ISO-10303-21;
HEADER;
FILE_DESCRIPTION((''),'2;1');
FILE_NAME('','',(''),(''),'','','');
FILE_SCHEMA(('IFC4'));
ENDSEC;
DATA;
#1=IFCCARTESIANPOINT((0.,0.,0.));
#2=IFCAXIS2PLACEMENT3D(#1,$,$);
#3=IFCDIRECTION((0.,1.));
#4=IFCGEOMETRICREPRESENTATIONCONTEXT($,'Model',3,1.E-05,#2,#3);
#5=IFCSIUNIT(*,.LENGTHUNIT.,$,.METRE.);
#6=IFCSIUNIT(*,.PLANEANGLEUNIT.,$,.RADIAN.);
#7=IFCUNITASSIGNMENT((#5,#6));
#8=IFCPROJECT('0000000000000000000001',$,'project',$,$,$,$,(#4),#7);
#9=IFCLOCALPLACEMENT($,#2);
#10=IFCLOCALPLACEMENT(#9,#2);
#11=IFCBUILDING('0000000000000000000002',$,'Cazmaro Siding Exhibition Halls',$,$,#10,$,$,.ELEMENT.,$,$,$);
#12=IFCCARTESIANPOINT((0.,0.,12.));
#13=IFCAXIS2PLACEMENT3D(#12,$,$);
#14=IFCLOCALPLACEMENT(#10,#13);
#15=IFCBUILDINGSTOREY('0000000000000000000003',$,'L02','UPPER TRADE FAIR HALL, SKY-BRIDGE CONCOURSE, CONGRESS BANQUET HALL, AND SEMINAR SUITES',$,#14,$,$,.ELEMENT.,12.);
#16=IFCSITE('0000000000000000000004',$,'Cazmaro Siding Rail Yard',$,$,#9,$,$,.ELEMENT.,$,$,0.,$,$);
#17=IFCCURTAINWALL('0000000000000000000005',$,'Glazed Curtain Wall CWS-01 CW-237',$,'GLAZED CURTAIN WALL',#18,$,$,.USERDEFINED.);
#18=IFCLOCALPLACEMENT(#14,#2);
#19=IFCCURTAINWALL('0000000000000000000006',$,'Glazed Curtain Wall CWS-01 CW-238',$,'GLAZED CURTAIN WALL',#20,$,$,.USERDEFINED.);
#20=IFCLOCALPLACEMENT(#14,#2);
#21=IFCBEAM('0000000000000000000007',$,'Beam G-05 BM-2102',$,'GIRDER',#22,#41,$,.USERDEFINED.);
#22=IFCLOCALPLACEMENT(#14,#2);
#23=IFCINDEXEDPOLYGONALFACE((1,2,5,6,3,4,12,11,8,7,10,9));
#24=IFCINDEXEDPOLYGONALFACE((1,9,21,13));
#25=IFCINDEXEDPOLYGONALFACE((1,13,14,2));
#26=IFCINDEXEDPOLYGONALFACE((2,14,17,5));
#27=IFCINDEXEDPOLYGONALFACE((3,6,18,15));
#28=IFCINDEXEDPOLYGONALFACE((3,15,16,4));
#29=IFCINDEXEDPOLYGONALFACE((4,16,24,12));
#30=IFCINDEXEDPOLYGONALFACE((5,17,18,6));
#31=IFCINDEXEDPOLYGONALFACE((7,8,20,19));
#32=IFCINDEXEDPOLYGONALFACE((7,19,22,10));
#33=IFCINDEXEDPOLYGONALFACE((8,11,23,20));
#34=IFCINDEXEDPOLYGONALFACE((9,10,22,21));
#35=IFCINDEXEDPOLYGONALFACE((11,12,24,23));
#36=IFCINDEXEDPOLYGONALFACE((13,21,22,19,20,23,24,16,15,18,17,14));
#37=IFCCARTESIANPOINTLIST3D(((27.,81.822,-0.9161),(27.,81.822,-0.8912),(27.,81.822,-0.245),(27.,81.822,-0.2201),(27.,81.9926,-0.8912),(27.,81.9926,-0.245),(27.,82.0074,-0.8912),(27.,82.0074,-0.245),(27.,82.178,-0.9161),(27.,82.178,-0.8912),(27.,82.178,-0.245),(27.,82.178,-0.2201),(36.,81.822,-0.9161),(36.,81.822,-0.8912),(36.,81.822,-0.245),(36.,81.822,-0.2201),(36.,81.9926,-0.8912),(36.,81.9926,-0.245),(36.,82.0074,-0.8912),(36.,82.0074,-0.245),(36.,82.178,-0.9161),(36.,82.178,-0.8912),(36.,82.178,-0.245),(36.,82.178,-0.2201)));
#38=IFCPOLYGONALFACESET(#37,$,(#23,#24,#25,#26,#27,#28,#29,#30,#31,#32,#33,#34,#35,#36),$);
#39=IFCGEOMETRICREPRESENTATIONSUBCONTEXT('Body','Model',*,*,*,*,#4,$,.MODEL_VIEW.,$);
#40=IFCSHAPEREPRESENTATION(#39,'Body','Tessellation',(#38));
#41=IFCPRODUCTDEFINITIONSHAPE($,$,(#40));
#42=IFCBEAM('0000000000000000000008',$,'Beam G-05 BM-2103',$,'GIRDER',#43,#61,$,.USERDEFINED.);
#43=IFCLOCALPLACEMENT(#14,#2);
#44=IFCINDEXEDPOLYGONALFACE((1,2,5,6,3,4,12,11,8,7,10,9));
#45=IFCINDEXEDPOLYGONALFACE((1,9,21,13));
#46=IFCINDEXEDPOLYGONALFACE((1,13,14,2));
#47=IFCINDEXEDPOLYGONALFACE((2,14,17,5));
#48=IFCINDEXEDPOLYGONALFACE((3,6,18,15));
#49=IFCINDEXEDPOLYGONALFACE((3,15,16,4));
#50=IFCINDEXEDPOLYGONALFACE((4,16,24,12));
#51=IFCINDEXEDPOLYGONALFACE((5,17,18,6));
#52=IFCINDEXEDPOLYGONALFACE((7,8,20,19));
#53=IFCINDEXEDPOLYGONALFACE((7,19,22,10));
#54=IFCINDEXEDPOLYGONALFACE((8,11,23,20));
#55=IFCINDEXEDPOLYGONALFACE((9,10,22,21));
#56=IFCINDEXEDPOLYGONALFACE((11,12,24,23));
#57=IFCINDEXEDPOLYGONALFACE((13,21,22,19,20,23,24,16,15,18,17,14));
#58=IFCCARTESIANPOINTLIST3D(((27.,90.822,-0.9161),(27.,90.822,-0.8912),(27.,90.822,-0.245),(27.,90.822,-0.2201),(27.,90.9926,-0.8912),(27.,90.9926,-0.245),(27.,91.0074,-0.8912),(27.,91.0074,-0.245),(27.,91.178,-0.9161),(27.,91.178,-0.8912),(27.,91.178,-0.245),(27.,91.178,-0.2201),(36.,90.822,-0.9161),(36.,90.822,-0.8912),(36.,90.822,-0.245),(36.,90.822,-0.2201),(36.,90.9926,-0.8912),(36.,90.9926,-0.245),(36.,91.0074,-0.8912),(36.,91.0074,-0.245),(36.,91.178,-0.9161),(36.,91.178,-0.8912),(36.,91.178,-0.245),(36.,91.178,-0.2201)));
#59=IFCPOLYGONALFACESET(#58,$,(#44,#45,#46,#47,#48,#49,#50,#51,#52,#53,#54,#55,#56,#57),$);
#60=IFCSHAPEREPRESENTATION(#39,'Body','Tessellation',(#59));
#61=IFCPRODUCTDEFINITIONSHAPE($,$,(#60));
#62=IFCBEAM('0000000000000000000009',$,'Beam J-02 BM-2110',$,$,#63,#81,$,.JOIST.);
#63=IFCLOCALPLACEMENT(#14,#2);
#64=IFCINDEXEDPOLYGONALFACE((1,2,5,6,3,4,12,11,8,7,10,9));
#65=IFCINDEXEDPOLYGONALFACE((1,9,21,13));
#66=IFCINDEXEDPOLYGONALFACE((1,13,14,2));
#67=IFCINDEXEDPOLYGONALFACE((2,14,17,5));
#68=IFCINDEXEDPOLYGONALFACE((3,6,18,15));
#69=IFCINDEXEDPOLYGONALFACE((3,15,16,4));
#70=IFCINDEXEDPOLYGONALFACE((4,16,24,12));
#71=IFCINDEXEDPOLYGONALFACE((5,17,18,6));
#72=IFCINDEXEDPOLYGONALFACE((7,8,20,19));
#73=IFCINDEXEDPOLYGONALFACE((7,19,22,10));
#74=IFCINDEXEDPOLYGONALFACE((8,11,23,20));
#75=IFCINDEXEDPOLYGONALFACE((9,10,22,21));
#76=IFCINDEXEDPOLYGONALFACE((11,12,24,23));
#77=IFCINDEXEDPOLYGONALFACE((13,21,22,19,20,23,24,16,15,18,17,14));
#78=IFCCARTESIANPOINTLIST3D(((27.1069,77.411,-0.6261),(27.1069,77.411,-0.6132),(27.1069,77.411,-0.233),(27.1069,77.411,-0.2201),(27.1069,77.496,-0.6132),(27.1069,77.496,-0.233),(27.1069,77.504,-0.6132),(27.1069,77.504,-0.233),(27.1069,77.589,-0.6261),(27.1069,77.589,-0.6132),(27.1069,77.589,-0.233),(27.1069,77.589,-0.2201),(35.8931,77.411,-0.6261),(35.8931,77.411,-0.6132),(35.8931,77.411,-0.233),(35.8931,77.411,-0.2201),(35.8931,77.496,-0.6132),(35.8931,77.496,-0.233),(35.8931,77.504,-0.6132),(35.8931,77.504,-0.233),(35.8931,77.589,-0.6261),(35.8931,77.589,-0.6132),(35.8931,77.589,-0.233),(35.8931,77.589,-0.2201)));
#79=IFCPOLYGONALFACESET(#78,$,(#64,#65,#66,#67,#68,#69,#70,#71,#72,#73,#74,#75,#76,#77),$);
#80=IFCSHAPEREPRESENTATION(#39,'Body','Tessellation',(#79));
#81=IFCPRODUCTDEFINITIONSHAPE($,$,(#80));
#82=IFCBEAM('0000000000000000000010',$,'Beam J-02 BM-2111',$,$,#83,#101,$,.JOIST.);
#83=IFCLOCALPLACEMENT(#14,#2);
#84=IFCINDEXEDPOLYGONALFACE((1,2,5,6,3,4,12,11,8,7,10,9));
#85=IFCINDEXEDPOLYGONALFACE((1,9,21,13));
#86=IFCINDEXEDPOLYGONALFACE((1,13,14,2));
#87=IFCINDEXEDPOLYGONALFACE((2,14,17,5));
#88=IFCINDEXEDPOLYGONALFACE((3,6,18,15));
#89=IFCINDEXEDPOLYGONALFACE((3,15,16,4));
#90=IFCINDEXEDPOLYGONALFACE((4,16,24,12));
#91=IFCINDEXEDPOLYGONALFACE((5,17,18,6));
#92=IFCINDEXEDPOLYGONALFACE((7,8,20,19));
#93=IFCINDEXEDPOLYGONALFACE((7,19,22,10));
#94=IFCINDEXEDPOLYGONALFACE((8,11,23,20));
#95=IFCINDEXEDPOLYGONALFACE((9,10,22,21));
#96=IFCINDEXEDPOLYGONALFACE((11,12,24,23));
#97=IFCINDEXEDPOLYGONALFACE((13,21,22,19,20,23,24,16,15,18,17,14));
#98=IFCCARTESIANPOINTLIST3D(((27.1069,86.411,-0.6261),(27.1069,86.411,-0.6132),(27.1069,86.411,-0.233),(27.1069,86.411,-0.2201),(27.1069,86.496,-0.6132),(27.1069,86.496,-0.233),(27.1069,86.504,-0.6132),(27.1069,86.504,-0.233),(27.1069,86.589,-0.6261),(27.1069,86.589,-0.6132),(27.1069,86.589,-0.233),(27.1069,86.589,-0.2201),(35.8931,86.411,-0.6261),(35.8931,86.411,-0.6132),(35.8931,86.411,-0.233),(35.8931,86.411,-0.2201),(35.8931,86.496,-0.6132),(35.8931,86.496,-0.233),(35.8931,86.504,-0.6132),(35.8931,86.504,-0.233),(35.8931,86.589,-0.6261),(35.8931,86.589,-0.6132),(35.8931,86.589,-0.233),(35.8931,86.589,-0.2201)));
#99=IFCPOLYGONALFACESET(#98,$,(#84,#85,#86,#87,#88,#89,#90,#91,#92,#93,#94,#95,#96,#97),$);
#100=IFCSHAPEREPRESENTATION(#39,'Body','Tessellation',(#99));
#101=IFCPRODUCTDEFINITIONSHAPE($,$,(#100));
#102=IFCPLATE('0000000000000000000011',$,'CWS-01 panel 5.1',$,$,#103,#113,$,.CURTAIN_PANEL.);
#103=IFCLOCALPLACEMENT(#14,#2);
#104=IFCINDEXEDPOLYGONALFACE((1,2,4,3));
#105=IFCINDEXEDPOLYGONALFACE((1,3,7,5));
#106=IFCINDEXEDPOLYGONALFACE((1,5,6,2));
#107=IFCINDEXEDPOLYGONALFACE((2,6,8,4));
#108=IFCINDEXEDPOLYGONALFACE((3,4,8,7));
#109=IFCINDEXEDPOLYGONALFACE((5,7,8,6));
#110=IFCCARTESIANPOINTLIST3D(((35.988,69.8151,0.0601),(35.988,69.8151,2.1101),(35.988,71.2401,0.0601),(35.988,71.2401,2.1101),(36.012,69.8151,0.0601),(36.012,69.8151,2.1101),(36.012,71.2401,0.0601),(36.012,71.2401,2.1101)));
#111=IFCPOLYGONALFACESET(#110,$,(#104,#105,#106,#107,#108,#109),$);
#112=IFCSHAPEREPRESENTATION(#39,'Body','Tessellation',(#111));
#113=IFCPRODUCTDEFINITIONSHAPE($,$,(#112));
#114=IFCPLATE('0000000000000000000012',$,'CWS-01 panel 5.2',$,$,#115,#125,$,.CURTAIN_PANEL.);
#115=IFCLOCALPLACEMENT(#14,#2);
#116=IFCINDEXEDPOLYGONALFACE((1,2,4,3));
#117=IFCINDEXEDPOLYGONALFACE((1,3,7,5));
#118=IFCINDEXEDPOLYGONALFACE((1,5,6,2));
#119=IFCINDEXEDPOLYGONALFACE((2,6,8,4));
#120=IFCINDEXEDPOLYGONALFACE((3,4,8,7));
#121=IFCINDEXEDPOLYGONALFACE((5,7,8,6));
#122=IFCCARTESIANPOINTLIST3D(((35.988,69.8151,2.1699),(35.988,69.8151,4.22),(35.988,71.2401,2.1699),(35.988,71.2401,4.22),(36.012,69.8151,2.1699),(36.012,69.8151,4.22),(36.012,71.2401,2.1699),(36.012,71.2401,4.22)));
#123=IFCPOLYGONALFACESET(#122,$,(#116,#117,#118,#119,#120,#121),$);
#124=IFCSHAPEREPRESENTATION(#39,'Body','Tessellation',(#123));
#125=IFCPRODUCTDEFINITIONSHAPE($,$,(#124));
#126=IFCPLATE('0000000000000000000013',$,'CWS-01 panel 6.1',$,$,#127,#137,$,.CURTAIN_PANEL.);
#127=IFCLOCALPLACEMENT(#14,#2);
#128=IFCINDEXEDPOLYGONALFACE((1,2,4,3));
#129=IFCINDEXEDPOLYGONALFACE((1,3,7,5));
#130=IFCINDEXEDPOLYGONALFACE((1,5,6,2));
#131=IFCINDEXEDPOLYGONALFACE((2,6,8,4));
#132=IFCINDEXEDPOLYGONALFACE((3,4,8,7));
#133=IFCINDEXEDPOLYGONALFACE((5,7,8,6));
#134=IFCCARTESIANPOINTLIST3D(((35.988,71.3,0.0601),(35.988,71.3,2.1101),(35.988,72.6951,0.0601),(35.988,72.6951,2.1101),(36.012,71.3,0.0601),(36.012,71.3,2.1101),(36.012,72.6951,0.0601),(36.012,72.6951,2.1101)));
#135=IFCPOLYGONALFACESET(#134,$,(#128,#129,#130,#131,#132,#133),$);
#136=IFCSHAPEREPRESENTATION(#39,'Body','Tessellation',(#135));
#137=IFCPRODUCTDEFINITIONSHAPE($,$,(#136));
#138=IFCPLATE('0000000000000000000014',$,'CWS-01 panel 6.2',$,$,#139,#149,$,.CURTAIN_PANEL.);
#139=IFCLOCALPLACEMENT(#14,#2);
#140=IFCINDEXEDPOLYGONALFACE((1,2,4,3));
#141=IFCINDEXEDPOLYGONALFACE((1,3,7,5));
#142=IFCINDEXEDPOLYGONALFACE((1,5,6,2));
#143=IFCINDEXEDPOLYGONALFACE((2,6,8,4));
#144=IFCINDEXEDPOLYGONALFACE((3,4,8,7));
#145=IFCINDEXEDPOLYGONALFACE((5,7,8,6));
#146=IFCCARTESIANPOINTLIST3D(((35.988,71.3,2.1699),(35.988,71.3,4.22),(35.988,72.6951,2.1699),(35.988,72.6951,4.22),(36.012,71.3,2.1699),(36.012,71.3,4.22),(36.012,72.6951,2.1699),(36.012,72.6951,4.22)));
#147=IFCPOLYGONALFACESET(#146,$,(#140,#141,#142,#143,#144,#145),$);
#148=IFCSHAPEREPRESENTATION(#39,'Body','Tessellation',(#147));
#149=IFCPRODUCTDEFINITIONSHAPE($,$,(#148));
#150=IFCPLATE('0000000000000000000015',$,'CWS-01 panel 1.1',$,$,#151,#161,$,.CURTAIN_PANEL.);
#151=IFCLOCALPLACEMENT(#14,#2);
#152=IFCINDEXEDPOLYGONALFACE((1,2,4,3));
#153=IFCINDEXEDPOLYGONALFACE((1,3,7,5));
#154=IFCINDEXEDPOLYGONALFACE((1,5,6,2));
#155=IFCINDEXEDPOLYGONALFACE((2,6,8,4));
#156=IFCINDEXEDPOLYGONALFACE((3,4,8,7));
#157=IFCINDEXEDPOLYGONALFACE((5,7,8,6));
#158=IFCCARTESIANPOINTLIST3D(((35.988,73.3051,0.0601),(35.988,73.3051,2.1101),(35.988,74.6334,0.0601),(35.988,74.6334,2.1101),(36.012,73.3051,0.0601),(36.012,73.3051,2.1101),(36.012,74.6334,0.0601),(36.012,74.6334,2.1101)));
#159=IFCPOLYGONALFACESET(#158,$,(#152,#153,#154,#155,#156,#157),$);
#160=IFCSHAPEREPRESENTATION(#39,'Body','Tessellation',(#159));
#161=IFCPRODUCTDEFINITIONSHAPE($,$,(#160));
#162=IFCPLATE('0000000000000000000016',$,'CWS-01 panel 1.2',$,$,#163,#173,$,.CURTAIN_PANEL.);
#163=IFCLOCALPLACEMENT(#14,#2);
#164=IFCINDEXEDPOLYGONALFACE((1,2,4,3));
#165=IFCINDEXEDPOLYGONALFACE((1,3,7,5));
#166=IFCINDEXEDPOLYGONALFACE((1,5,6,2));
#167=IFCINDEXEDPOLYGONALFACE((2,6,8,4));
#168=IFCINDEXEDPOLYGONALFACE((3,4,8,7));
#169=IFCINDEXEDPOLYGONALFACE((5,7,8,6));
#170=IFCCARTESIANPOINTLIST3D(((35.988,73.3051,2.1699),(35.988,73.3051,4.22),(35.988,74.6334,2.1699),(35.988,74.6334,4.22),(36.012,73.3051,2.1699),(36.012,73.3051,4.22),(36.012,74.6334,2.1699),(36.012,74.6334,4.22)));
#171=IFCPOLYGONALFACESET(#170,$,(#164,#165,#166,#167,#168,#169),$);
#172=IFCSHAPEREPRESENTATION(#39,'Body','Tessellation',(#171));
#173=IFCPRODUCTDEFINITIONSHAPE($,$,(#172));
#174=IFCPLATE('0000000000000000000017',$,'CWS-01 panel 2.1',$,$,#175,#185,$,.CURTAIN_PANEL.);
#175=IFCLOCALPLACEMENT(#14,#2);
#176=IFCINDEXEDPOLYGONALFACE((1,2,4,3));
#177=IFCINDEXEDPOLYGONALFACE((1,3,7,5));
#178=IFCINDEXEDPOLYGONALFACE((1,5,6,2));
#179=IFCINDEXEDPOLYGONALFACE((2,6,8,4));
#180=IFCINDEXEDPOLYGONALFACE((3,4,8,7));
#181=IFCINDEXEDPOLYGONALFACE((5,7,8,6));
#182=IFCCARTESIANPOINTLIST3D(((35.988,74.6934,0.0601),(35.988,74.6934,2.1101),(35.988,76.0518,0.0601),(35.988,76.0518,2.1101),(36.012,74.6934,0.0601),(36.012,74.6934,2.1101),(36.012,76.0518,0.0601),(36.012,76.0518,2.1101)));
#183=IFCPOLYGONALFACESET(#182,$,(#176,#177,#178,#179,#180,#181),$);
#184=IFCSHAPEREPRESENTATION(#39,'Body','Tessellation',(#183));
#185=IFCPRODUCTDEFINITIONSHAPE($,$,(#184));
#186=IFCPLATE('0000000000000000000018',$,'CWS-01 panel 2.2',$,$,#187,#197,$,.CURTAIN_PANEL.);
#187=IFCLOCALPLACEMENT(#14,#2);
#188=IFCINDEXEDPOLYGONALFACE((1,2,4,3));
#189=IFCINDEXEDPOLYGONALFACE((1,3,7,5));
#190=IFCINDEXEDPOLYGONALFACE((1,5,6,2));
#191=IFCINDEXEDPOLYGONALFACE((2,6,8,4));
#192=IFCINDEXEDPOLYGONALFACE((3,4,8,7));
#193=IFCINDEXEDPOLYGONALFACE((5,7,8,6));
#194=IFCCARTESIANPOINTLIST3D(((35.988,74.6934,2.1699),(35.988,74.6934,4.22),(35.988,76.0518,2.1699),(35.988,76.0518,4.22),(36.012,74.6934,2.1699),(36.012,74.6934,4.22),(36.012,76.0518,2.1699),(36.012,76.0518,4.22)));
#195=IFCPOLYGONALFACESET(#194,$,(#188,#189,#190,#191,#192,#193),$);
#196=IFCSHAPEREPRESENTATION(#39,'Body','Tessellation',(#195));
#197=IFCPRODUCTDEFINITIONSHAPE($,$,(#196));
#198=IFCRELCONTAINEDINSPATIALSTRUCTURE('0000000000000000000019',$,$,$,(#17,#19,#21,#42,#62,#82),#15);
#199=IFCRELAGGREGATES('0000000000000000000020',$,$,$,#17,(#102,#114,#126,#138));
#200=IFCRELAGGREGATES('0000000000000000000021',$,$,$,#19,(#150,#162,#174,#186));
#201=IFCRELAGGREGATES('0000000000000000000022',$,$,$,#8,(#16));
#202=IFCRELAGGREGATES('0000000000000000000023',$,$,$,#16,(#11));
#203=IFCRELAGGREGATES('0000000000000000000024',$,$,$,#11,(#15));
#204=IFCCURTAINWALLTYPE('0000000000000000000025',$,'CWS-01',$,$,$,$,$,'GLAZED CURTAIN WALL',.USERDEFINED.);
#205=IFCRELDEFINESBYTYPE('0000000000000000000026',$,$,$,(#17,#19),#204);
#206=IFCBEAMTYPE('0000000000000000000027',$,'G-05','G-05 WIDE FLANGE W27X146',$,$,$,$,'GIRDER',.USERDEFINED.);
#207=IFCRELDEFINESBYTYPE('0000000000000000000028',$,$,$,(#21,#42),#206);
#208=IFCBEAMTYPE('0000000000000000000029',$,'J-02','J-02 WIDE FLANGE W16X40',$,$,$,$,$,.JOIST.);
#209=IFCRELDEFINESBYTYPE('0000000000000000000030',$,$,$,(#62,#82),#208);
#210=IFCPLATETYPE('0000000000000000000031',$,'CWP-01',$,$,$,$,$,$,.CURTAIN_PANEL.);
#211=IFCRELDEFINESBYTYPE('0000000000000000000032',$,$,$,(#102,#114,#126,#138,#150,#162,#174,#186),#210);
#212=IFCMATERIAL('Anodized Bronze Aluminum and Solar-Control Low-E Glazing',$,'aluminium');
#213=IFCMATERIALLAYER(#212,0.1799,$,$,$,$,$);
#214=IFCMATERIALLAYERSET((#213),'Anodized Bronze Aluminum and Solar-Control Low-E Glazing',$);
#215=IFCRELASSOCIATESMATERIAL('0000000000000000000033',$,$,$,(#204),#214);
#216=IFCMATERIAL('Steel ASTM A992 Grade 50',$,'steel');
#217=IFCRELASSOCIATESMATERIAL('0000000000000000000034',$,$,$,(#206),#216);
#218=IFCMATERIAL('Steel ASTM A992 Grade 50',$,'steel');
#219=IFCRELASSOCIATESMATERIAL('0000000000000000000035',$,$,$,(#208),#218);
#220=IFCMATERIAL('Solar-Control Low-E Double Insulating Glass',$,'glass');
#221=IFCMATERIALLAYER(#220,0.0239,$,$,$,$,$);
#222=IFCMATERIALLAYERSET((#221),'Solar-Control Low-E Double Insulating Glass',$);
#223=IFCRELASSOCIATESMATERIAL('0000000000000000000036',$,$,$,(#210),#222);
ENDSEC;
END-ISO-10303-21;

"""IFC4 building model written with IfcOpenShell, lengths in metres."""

from ifc_helpers import new_model, si_unit, direction, frame, origin, origin_2d, place, context, subcontext, project, spatial, rectangle, i_section, extrude, material, layer, layer_set, material_profile, profile_set, type_object, element, aggregate, save


model = new_model("IFC4")

# Units and contexts
model_context = context("Model", 3, precision=1e-05, world=origin(), true_north=direction((0.0, 1.0)))
body_context = subcontext(model_context, "Body", "Model", "MODEL_VIEW")
ifc_project = project(units=[si_unit("LENGTHUNIT", "METRE"), si_unit("PLANEANGLEUNIT", "RADIAN")], contexts=[model_context])

# Site, building, storey
site_placement = place(None, origin())
site = spatial("IfcSite", under=ifc_project, at=site_placement, Name="Cazmaro Siding Rail Yard", CompositionType="ELEMENT", RefElevation=0.0)
building_placement = place(site_placement, origin())
building = spatial("IfcBuilding", under=site, at=building_placement, Name="Cazmaro Siding Exhibition Halls", CompositionType="ELEMENT")
storey_placement = place(building_placement, frame((0.0, 0.0, 12.0)))
storey = spatial("IfcBuildingStorey", under=building, at=storey_placement, Name="L02", Description="UPPER TRADE FAIR HALL, SKY-BRIDGE CONCOURSE, CONGRESS BANQUET HALL, AND SEMINAR SUITES", CompositionType="ELEMENT", Elevation=12.0)

# Curtain walls
ifc_material_1 = material(Name="Anodized Bronze Aluminum and Solar-Control Low-E Glazing", Category="aluminium")
ifc_layer_1 = layer(ifc_material_1, 0.1799)
ifc_layer_set_1 = layer_set([ifc_layer_1], Name="Anodized Bronze Aluminum and Solar-Control Low-E Glazing")
curtain_wall_type = type_object("IfcCurtainWallType", Name="CWS-01", ElementType="GLAZED CURTAIN WALL", PredefinedType="USERDEFINED", material=ifc_layer_set_1)
curtain_wall_1_placement = place(storey_placement, origin())
curtain_wall_1 = element("IfcCurtainWall", 1, at=curtain_wall_1_placement, inside=storey, type_object=curtain_wall_type, Name="Glazed Curtain Wall CWS-01 CW-237", ObjectType="GLAZED CURTAIN WALL", PredefinedType="USERDEFINED")
curtain_wall_2_placement = place(storey_placement, origin())
curtain_wall_2 = element("IfcCurtainWall", 2, at=curtain_wall_2_placement, inside=storey, type_object=curtain_wall_type, Name="Glazed Curtain Wall CWS-01 CW-238", ObjectType="GLAZED CURTAIN WALL", PredefinedType="USERDEFINED")

# Beams
ifc_material_2 = material(Name="Steel ASTM A992 Grade 50", Category="steel")
ifc_material_profile_1 = material_profile(ifc_material_2, i_section(OverallWidth=0.356, OverallDepth=0.696, WebThickness=0.0149, FlangeThickness=0.0249, at=origin_2d()), Name="W27X146")
ifc_profile_set_1 = profile_set([ifc_material_profile_1], Name="Steel ASTM A992 Grade 50")
beam_type_1 = type_object("IfcBeamType", Name="G-05", Description="G-05 WIDE FLANGE W27X146", ElementType="GIRDER", PredefinedType="USERDEFINED", material=ifc_profile_set_1)
for number, where, z_axis, x_axis, name in (
    (3, (27.0, 82.0, -0.5681), (1.0, 0.0, 0.0), (0.0, 1.0, 0.0), "Beam G-05 BM-2102"),
    (4, (27.0, 91.0, -0.5681), (1.0, 0.0, 0.0), (0.0, 1.0, 0.0), "Beam G-05 BM-2103"),
):
    element("IfcBeam", number, at=place(storey_placement, frame(where, z_axis=z_axis, x_axis=x_axis)), inside=storey, type_object=beam_type_1, Name=name, ObjectType="GIRDER", PredefinedType="USERDEFINED", context=body_context, shape_type="SweptSolid", body=[
        extrude(i_section(OverallWidth=0.356, OverallDepth=0.696, WebThickness=0.0149, FlangeThickness=0.0249, at=origin_2d()), origin(), (0.0, 0.0, 1.0), 9.0),
    ])
ifc_material_3 = material(Name="Steel ASTM A992 Grade 50", Category="steel")
ifc_material_profile_2 = material_profile(ifc_material_3, i_section(OverallWidth=0.178, OverallDepth=0.406, WebThickness=0.0081, FlangeThickness=0.0129, at=origin_2d()), Name="W16X40")
ifc_profile_set_2 = profile_set([ifc_material_profile_2], Name="Steel ASTM A992 Grade 50")
beam_type_2 = type_object("IfcBeamType", Name="J-02", Description="J-02 WIDE FLANGE W16X40", PredefinedType="JOIST", material=ifc_profile_set_2)
for number, where, z_axis, x_axis, name in (
    (5, (27.1069, 77.5, -0.4231), (1.0, 0.0, 0.0), (0.0, 1.0, 0.0), "Beam J-02 BM-2110"),
    (6, (27.1069, 86.5, -0.4231), (1.0, 0.0, 0.0), (0.0, 1.0, 0.0), "Beam J-02 BM-2111"),
):
    element("IfcBeam", number, at=place(storey_placement, frame(where, z_axis=z_axis, x_axis=x_axis)), inside=storey, type_object=beam_type_2, Name=name, PredefinedType="JOIST", context=body_context, shape_type="SweptSolid", body=[
        extrude(i_section(OverallWidth=0.178, OverallDepth=0.406, WebThickness=0.0081, FlangeThickness=0.0129, at=origin_2d()), origin(), (0.0, 0.0, 1.0), 8.7861),
    ])

# Plates
ifc_material_4 = material(Name="Solar-Control Low-E Double Insulating Glass", Category="glass")
ifc_layer_2 = layer(ifc_material_4, 0.0239)
ifc_layer_set_2 = layer_set([ifc_layer_2], Name="Solar-Control Low-E Double Insulating Glass")
plate_type = type_object("IfcPlateType", Name="CWP-01", PredefinedType="CURTAIN_PANEL", material=ifc_layer_set_2)
plate_1_placement = place(storey_placement, frame((36.0, 70.5276, 0.0601), z_axis=(0.0, 0.0, 1.0), x_axis=(0.0, 1.0, 0.0)))
plate_1 = element("IfcPlate", 7, at=plate_1_placement, type_object=plate_type, Name="CWS-01 panel 5.1", PredefinedType="CURTAIN_PANEL", context=body_context, shape_type="SweptSolid", body=[
    extrude(rectangle(XDim=1.425, YDim=0.0239, at=origin_2d()), origin(), (0.0, 0.0, 1.0), 2.05),
])
plate_2_placement = place(storey_placement, frame((36.0, 70.5276, 2.1699), z_axis=(0.0, 0.0, 1.0), x_axis=(0.0, 1.0, 0.0)))
plate_2 = element("IfcPlate", 8, at=plate_2_placement, type_object=plate_type, Name="CWS-01 panel 5.2", PredefinedType="CURTAIN_PANEL", context=body_context, shape_type="SweptSolid", body=[
    extrude(rectangle(XDim=1.425, YDim=0.0239, at=origin_2d()), origin(), (0.0, 0.0, 1.0), 2.05),
])
plate_3_placement = place(storey_placement, frame((36.0, 71.9976, 0.0601), z_axis=(0.0, 0.0, 1.0), x_axis=(0.0, 1.0, 0.0)))
plate_3 = element("IfcPlate", 9, at=plate_3_placement, type_object=plate_type, Name="CWS-01 panel 6.1", PredefinedType="CURTAIN_PANEL", context=body_context, shape_type="SweptSolid", body=[
    extrude(rectangle(XDim=1.395, YDim=0.0239, at=origin_2d()), origin(), (0.0, 0.0, 1.0), 2.05),
])
plate_4_placement = place(storey_placement, frame((36.0, 71.9976, 2.1699), z_axis=(0.0, 0.0, 1.0), x_axis=(0.0, 1.0, 0.0)))
plate_4 = element("IfcPlate", 10, at=plate_4_placement, type_object=plate_type, Name="CWS-01 panel 6.2", PredefinedType="CURTAIN_PANEL", context=body_context, shape_type="SweptSolid", body=[
    extrude(rectangle(XDim=1.395, YDim=0.0239, at=origin_2d()), origin(), (0.0, 0.0, 1.0), 2.05),
])
aggregate(curtain_wall_1, [plate_1, plate_2, plate_3, plate_4])
plate_5_placement = place(storey_placement, frame((36.0, 73.9692, 0.0601), z_axis=(0.0, 0.0, 1.0), x_axis=(0.0, 1.0, 0.0)))
plate_5 = element("IfcPlate", 11, at=plate_5_placement, type_object=plate_type, Name="CWS-01 panel 1.1", PredefinedType="CURTAIN_PANEL", context=body_context, shape_type="SweptSolid", body=[
    extrude(rectangle(XDim=1.3284, YDim=0.0239, at=origin_2d()), origin(), (0.0, 0.0, 1.0), 2.05),
])
plate_6_placement = place(storey_placement, frame((36.0, 73.9692, 2.1699), z_axis=(0.0, 0.0, 1.0), x_axis=(0.0, 1.0, 0.0)))
plate_6 = element("IfcPlate", 12, at=plate_6_placement, type_object=plate_type, Name="CWS-01 panel 1.2", PredefinedType="CURTAIN_PANEL", context=body_context, shape_type="SweptSolid", body=[
    extrude(rectangle(XDim=1.3284, YDim=0.0239, at=origin_2d()), origin(), (0.0, 0.0, 1.0), 2.05),
])
plate_7_placement = place(storey_placement, frame((36.0, 75.3726, 0.0601), z_axis=(0.0, 0.0, 1.0), x_axis=(0.0, 1.0, 0.0)))
plate_7 = element("IfcPlate", 13, at=plate_7_placement, type_object=plate_type, Name="CWS-01 panel 2.1", PredefinedType="CURTAIN_PANEL", context=body_context, shape_type="SweptSolid", body=[
    extrude(rectangle(XDim=1.3584, YDim=0.0239, at=origin_2d()), origin(), (0.0, 0.0, 1.0), 2.05),
])
plate_8_placement = place(storey_placement, frame((36.0, 75.3726, 2.1699), z_axis=(0.0, 0.0, 1.0), x_axis=(0.0, 1.0, 0.0)))
plate_8 = element("IfcPlate", 14, at=plate_8_placement, type_object=plate_type, Name="CWS-01 panel 2.2", PredefinedType="CURTAIN_PANEL", context=body_context, shape_type="SweptSolid", body=[
    extrude(rectangle(XDim=1.3584, YDim=0.0239, at=origin_2d()), origin(), (0.0, 0.0, 1.0), 2.05),
])
aggregate(curtain_wall_2, [plate_5, plate_6, plate_7, plate_8])

save(model, "model.ifc")
